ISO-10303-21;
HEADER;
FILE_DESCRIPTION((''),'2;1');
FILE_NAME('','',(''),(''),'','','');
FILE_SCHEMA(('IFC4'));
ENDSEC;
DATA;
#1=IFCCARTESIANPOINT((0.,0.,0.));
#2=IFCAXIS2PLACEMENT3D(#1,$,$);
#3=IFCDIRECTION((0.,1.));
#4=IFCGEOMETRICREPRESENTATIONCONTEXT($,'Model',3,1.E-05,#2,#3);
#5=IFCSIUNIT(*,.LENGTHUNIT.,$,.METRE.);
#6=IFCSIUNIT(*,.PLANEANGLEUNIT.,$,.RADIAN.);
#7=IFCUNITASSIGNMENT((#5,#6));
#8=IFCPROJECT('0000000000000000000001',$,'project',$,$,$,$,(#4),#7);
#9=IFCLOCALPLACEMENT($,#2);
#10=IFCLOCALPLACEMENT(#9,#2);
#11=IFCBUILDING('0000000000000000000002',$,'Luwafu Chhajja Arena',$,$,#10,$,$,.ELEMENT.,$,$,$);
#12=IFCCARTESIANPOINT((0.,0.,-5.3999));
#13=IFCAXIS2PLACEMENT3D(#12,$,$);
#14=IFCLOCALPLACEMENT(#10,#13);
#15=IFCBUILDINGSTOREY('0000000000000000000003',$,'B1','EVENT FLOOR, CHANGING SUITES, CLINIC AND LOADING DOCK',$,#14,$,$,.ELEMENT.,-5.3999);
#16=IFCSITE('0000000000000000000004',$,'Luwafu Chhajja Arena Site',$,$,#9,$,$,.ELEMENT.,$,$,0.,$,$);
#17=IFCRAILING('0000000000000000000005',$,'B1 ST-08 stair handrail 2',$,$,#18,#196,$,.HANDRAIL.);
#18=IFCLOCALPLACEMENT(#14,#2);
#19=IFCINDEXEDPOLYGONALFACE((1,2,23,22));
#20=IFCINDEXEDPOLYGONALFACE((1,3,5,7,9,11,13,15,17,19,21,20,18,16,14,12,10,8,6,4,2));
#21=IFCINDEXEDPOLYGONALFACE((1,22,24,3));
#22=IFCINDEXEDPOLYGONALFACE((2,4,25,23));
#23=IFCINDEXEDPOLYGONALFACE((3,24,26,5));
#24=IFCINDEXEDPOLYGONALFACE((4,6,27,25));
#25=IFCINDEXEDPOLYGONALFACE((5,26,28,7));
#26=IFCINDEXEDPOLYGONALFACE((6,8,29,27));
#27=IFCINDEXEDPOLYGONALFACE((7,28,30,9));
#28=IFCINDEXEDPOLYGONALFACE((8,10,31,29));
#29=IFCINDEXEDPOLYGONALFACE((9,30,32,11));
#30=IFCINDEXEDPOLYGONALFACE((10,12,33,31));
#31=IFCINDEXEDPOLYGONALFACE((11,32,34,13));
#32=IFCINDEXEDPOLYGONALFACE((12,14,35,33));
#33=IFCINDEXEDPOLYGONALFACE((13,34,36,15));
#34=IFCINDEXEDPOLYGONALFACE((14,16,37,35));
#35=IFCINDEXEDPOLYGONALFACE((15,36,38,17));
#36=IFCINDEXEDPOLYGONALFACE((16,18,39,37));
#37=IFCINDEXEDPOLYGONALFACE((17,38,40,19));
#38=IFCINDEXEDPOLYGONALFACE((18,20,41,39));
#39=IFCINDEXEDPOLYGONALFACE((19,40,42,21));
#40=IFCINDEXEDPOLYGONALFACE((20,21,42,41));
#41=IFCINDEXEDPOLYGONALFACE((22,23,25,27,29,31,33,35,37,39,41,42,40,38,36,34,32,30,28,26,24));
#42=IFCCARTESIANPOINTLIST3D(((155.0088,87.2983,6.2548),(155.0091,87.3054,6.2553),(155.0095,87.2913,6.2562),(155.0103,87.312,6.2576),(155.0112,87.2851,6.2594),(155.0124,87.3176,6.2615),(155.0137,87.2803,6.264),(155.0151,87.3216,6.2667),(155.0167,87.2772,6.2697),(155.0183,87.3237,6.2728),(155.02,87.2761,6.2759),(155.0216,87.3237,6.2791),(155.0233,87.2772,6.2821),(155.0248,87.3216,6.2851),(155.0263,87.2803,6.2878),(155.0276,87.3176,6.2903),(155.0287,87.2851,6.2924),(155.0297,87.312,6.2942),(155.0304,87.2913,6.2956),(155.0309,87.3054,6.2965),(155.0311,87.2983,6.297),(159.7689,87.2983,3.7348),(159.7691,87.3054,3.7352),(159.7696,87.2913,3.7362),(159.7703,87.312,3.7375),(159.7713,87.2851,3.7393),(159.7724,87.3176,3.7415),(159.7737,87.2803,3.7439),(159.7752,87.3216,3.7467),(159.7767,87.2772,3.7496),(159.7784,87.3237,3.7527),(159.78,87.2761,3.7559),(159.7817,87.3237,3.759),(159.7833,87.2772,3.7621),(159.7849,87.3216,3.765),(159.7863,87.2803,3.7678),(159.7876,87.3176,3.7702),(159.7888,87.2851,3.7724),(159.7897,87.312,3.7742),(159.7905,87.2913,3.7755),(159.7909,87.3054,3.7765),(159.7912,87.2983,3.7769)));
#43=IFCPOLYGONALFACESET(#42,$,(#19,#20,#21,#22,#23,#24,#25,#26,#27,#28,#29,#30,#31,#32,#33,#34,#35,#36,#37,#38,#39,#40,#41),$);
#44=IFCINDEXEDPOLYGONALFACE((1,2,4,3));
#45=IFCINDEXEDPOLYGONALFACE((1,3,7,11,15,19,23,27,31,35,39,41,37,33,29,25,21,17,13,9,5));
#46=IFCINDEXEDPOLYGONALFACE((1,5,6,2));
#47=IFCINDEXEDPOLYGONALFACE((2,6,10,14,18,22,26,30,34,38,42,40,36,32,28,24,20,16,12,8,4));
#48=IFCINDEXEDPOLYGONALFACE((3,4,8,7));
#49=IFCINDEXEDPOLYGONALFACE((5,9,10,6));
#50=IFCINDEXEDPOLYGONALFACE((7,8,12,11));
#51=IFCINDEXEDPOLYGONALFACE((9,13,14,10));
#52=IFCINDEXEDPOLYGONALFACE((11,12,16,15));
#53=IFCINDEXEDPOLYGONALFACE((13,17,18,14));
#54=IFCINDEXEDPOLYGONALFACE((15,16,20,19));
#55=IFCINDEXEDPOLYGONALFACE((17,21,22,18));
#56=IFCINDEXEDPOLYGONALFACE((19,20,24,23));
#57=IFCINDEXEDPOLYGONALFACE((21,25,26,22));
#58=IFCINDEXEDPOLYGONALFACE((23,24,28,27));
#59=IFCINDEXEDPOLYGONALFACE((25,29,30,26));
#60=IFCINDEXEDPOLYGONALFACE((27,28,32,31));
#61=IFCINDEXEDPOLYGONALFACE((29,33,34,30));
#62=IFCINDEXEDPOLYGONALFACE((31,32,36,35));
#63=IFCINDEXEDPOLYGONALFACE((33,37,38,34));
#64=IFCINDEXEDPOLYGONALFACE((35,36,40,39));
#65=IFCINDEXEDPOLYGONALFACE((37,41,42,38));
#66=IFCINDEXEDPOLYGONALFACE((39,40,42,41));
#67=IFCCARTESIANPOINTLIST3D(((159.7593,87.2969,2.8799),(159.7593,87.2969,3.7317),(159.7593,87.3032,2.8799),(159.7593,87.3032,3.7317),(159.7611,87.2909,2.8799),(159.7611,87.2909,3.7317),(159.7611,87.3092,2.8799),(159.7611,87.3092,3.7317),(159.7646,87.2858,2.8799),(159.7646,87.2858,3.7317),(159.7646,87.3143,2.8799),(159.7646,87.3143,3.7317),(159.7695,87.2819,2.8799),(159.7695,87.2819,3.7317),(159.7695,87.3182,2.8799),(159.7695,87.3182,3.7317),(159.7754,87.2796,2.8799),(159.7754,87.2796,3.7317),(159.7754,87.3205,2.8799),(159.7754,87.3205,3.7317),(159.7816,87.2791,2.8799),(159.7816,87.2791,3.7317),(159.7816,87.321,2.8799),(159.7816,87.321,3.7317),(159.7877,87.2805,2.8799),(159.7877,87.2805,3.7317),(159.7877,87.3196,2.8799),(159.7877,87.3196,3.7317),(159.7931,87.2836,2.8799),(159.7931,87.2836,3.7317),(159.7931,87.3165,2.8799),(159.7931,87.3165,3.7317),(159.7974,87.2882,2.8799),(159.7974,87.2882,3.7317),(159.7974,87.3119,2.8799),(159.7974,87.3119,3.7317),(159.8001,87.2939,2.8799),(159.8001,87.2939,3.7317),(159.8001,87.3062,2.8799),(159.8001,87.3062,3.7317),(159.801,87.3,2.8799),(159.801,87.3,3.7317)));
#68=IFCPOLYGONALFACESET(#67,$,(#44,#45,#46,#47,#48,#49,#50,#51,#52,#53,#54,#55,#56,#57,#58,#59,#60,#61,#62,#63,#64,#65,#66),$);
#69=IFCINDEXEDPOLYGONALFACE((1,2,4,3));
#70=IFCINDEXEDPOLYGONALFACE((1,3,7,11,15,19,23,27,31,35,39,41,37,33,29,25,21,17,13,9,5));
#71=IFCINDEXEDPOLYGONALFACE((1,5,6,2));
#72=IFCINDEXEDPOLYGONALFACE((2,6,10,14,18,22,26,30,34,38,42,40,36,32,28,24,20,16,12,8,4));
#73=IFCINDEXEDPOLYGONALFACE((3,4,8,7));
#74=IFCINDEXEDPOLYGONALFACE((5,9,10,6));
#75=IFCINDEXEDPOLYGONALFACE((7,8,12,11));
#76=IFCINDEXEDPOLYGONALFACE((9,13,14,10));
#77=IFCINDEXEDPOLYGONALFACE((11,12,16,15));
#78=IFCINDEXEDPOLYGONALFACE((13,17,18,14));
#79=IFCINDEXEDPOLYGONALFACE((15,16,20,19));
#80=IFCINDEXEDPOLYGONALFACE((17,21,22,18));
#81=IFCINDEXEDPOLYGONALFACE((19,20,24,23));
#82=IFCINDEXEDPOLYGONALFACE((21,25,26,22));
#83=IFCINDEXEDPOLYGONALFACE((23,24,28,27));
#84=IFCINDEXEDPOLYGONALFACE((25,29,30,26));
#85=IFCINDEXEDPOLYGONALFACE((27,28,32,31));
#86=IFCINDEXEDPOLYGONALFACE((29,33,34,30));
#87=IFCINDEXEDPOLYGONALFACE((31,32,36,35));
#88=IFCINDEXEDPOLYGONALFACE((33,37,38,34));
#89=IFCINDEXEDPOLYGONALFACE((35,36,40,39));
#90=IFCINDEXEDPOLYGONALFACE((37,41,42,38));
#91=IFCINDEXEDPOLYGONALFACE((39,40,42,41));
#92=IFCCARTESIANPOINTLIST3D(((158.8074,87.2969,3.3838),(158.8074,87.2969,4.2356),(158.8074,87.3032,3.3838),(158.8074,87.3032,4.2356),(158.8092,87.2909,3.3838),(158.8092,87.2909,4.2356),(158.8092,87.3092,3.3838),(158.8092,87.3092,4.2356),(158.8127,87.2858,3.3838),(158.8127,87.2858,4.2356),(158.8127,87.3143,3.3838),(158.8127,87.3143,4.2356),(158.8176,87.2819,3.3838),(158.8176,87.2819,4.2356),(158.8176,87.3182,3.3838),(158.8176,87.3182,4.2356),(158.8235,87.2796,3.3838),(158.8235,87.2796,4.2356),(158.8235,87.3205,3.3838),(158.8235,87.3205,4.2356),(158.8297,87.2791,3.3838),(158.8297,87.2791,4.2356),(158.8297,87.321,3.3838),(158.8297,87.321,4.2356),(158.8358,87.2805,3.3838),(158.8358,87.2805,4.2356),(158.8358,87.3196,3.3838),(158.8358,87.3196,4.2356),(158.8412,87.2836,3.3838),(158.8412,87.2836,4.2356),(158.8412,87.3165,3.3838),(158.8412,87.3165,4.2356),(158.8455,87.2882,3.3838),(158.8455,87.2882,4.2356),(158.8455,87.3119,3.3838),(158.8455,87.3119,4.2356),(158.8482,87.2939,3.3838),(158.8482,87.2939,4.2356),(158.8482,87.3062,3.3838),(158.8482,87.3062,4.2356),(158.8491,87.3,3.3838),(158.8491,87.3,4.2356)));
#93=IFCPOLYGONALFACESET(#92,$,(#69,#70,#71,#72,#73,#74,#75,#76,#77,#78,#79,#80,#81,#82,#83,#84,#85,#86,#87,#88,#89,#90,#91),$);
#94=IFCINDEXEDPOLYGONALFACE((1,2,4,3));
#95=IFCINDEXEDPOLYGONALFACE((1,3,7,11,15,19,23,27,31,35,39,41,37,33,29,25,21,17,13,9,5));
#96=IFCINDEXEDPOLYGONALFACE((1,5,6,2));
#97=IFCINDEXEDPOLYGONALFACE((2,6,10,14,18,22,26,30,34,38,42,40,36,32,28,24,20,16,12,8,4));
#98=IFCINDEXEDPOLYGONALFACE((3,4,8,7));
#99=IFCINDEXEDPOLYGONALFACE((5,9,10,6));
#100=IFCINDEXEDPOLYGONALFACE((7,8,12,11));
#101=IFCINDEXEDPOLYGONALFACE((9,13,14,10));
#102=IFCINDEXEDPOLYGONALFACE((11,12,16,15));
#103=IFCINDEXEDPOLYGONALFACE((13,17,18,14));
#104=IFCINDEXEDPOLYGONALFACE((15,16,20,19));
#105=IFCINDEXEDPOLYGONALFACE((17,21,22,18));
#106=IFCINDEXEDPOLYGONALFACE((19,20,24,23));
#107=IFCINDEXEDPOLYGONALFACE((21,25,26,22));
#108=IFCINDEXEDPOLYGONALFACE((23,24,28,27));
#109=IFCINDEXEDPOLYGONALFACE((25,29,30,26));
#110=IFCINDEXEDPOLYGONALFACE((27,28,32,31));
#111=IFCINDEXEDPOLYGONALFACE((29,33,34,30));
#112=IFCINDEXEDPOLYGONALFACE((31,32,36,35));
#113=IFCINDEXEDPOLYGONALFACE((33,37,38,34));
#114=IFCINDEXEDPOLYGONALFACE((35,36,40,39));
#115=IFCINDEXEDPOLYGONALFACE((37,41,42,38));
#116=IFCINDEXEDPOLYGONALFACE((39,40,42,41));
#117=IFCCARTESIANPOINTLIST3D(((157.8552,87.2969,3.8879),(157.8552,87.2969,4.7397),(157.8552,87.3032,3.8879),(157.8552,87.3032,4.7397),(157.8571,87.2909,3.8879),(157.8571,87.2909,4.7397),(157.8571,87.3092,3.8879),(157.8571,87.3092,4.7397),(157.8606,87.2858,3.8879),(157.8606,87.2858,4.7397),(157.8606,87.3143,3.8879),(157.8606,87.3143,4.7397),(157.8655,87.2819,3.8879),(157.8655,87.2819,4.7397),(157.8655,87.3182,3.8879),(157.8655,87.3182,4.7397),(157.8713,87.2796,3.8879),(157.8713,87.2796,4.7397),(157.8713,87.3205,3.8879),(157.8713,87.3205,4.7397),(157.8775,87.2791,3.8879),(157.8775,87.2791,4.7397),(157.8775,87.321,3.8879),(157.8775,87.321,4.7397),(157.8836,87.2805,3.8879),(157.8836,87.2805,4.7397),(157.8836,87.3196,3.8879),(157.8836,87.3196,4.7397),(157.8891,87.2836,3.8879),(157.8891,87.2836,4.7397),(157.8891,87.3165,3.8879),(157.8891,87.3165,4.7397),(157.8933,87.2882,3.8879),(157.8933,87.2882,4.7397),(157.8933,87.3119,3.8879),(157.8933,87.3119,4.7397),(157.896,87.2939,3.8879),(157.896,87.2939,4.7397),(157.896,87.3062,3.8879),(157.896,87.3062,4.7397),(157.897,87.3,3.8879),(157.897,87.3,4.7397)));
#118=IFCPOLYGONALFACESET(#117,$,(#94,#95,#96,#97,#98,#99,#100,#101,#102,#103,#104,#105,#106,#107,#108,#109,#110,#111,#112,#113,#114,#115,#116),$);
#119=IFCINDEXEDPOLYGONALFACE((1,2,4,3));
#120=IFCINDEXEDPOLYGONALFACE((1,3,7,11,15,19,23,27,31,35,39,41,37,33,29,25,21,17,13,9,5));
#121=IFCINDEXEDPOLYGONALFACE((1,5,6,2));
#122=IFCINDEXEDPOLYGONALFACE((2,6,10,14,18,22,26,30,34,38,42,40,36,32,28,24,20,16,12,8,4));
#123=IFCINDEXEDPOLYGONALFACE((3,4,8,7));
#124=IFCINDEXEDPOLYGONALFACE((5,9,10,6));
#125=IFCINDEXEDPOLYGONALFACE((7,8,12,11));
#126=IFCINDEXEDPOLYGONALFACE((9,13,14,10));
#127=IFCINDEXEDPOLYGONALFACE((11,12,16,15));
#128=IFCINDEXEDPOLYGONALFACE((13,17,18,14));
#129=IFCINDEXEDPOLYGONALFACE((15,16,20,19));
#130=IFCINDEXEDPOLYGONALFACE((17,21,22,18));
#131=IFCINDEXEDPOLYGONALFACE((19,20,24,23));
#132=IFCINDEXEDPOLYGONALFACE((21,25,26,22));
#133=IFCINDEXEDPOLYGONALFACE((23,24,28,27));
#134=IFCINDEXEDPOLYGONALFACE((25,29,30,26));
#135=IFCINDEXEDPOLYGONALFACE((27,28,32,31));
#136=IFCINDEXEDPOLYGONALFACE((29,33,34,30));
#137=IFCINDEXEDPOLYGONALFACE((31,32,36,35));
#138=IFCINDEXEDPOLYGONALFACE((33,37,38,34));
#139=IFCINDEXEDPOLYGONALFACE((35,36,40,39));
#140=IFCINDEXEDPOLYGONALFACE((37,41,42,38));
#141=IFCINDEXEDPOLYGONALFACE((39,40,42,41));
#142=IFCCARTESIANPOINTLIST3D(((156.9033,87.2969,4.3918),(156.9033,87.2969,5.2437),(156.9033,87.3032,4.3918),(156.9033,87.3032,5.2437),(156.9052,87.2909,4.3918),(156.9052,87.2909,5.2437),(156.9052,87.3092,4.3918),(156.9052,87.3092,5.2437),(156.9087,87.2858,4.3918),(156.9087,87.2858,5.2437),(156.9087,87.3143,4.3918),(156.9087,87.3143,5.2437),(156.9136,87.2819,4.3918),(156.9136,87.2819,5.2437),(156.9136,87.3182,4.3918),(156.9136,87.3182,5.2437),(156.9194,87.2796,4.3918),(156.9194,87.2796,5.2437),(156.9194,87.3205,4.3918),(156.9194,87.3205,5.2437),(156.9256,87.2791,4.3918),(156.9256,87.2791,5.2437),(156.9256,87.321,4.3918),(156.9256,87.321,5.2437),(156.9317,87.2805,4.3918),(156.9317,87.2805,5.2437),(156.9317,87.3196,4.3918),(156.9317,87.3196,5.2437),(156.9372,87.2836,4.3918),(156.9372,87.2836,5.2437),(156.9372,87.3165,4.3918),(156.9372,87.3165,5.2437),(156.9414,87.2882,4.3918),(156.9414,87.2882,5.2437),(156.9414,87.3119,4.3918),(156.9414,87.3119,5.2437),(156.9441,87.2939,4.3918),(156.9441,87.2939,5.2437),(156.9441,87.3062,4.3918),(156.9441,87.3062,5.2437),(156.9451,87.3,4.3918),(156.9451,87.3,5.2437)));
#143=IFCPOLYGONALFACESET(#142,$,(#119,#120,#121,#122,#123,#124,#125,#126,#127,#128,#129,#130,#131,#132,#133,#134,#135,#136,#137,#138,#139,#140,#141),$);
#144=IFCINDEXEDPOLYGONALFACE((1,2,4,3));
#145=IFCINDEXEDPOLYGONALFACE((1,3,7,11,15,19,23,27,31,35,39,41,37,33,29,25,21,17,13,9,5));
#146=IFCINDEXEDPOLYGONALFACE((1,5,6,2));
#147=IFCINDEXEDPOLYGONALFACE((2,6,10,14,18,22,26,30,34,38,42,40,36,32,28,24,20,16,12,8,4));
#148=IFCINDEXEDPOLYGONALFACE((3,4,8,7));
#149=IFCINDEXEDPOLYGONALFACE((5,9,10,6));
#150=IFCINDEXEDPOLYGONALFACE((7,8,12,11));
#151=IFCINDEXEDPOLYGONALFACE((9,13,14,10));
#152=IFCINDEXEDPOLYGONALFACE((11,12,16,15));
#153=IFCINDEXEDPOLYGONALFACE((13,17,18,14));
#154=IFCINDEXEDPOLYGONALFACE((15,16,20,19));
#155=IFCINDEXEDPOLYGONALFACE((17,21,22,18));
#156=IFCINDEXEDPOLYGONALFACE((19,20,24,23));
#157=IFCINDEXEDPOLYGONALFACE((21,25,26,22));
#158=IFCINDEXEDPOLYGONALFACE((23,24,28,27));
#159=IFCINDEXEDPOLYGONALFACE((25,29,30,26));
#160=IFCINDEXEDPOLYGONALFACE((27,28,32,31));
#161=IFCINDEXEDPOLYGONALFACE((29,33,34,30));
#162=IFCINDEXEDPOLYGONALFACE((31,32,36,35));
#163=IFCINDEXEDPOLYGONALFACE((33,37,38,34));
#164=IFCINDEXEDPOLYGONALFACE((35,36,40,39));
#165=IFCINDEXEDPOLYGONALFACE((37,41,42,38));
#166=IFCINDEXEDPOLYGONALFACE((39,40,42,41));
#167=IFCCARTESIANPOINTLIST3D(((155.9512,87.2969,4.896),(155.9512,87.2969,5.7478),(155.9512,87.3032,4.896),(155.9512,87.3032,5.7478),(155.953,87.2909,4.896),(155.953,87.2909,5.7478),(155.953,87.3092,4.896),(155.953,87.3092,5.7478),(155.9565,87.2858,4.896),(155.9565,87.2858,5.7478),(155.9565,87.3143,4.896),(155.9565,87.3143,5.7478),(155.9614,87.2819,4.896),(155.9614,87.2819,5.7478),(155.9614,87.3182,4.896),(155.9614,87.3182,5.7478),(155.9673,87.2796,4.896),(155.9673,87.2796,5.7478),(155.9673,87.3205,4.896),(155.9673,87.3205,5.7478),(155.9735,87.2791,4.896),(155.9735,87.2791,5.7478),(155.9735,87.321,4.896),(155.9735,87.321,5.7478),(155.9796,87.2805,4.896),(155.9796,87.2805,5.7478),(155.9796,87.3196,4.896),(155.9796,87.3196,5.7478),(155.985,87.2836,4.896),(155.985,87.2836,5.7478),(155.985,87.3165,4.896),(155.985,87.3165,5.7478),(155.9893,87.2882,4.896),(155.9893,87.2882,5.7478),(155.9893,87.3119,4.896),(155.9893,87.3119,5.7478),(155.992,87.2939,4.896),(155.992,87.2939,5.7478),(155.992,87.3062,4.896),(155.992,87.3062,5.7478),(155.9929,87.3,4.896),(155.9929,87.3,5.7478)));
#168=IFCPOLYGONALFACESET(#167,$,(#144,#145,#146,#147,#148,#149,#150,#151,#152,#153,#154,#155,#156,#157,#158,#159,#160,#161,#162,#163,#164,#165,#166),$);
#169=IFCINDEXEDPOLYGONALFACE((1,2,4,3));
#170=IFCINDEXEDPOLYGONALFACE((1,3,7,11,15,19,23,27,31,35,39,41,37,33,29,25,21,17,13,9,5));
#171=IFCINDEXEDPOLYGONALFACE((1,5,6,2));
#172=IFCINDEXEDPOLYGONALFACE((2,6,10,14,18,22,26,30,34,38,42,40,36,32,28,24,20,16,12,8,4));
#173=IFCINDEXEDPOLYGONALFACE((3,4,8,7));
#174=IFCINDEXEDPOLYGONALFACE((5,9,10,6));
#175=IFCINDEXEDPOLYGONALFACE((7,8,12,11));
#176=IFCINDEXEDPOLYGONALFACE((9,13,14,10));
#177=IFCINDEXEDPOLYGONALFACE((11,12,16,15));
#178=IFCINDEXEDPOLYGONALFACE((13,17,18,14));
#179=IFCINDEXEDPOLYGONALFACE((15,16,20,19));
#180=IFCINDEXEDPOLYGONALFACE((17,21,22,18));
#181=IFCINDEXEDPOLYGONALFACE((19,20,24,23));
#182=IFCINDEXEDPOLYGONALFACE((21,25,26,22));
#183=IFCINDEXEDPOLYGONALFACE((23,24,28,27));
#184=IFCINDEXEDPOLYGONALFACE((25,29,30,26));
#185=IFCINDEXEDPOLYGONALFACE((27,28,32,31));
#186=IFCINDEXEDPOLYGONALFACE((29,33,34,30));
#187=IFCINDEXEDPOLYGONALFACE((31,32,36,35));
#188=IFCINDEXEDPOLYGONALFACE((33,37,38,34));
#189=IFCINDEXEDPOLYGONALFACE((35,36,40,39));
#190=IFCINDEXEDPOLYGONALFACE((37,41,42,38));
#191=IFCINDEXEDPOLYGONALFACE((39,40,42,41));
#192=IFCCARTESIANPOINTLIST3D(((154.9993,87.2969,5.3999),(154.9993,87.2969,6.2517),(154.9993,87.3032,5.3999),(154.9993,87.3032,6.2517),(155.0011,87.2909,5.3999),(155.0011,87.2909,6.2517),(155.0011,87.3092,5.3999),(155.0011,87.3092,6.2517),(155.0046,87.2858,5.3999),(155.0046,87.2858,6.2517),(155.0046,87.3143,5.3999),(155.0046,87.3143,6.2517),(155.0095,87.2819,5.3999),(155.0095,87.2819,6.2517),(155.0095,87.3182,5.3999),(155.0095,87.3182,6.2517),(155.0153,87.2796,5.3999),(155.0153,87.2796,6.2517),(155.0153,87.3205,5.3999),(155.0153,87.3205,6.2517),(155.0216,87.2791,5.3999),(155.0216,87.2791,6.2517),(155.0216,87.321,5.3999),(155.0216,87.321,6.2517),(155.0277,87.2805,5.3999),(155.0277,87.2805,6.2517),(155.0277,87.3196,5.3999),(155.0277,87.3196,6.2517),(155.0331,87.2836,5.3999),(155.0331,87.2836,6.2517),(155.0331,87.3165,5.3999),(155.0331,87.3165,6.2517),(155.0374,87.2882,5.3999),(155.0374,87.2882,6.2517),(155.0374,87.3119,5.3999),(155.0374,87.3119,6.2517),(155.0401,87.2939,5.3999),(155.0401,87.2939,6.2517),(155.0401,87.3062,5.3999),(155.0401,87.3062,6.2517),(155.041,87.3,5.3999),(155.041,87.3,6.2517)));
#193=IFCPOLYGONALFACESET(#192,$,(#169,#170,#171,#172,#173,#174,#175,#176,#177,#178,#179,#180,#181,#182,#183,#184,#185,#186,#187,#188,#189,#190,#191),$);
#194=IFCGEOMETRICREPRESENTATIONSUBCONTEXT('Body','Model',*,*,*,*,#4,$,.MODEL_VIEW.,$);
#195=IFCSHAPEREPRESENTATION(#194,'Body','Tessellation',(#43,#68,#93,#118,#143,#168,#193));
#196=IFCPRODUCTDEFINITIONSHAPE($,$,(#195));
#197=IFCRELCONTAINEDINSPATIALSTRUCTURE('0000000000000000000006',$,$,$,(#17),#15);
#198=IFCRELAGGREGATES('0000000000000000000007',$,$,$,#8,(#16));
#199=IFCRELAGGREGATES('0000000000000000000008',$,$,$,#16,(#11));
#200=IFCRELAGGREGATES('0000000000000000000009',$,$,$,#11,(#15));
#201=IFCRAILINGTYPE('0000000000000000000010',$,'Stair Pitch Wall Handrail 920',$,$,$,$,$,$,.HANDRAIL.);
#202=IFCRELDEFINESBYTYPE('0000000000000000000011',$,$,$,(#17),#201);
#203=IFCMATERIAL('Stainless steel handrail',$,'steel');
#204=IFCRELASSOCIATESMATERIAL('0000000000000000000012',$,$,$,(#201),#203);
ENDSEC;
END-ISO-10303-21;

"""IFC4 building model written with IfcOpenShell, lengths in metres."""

from ifc_helpers import new_model, si_unit, direction, frame, origin, origin_2d, place, context, subcontext, project, spatial, circle, extrude, material, type_object, element, save


model = new_model("IFC4")

# Units and contexts
model_context = context("Model", 3, precision=1e-05, world=origin(), true_north=direction((0.0, 1.0)))
body_context = subcontext(model_context, "Body", "Model", "MODEL_VIEW")
ifc_project = project(units=[si_unit("LENGTHUNIT", "METRE"), si_unit("PLANEANGLEUNIT", "RADIAN")], contexts=[model_context])

# Site, building, storey
site_placement = place(None, origin())
site = spatial("IfcSite", under=ifc_project, at=site_placement, Name="Luwafu Chhajja Arena Site", CompositionType="ELEMENT", RefElevation=0.0)
building_placement = place(site_placement, origin())
building = spatial("IfcBuilding", under=site, at=building_placement, Name="Luwafu Chhajja Arena", CompositionType="ELEMENT")
storey_placement = place(building_placement, frame((0.0, 0.0, -5.3999)))
storey = spatial("IfcBuildingStorey", under=building, at=storey_placement, Name="B1", Description="EVENT FLOOR, CHANGING SUITES, CLINIC AND LOADING DOCK", CompositionType="ELEMENT", Elevation=-5.3999)

# Railing
ifc_material_1 = material(Name="Stainless steel handrail", Category="steel")
railing_type_1 = type_object("IfcRailingType", Name="Stair Pitch Wall Handrail 920", PredefinedType="HANDRAIL", material=ifc_material_1)
railing_1_placement = place(storey_placement, frame((159.78, 87.3, 2.8799)))
element("IfcRailing", 1, at=railing_1_placement, inside=storey, type_object=railing_type_1, Name="B1 ST-08 stair handrail 2", PredefinedType="HANDRAIL", context=body_context, shape_type="SweptSolid", body=[
    extrude(circle(Radius=0.0239, at=origin_2d()), frame((0.0, 0.0, 0.876), z_axis=(-0.883787, 0.0, 0.46789), x_axis=(0.0, -1.0, 0.0)), (0.0, 0.0, 1.0), 5.386),
    extrude(circle(Radius=0.021, at=origin_2d()), origin(), (0.0, 0.0, 1.0), 0.8518),
    extrude(circle(Radius=0.021, at=origin_2d()), frame((-0.9519, 0.0, 0.5039)), (0.0, 0.0, 1.0), 0.8518),
    extrude(circle(Radius=0.021, at=origin_2d()), frame((-1.9041, 0.0, 1.0081)), (0.0, 0.0, 1.0), 0.8518),
    extrude(circle(Radius=0.021, at=origin_2d()), frame((-2.856, 0.0, 1.512)), (0.0, 0.0, 1.0), 0.8518),
    extrude(circle(Radius=0.021, at=origin_2d()), frame((-3.8081, 0.0, 2.0161)), (0.0, 0.0, 1.0), 0.8518),
    extrude(circle(Radius=0.021, at=origin_2d()), frame((-4.76, 0.0, 2.52)), (0.0, 0.0, 1.0), 0.8518),
])

save(model, "model.ifc")
